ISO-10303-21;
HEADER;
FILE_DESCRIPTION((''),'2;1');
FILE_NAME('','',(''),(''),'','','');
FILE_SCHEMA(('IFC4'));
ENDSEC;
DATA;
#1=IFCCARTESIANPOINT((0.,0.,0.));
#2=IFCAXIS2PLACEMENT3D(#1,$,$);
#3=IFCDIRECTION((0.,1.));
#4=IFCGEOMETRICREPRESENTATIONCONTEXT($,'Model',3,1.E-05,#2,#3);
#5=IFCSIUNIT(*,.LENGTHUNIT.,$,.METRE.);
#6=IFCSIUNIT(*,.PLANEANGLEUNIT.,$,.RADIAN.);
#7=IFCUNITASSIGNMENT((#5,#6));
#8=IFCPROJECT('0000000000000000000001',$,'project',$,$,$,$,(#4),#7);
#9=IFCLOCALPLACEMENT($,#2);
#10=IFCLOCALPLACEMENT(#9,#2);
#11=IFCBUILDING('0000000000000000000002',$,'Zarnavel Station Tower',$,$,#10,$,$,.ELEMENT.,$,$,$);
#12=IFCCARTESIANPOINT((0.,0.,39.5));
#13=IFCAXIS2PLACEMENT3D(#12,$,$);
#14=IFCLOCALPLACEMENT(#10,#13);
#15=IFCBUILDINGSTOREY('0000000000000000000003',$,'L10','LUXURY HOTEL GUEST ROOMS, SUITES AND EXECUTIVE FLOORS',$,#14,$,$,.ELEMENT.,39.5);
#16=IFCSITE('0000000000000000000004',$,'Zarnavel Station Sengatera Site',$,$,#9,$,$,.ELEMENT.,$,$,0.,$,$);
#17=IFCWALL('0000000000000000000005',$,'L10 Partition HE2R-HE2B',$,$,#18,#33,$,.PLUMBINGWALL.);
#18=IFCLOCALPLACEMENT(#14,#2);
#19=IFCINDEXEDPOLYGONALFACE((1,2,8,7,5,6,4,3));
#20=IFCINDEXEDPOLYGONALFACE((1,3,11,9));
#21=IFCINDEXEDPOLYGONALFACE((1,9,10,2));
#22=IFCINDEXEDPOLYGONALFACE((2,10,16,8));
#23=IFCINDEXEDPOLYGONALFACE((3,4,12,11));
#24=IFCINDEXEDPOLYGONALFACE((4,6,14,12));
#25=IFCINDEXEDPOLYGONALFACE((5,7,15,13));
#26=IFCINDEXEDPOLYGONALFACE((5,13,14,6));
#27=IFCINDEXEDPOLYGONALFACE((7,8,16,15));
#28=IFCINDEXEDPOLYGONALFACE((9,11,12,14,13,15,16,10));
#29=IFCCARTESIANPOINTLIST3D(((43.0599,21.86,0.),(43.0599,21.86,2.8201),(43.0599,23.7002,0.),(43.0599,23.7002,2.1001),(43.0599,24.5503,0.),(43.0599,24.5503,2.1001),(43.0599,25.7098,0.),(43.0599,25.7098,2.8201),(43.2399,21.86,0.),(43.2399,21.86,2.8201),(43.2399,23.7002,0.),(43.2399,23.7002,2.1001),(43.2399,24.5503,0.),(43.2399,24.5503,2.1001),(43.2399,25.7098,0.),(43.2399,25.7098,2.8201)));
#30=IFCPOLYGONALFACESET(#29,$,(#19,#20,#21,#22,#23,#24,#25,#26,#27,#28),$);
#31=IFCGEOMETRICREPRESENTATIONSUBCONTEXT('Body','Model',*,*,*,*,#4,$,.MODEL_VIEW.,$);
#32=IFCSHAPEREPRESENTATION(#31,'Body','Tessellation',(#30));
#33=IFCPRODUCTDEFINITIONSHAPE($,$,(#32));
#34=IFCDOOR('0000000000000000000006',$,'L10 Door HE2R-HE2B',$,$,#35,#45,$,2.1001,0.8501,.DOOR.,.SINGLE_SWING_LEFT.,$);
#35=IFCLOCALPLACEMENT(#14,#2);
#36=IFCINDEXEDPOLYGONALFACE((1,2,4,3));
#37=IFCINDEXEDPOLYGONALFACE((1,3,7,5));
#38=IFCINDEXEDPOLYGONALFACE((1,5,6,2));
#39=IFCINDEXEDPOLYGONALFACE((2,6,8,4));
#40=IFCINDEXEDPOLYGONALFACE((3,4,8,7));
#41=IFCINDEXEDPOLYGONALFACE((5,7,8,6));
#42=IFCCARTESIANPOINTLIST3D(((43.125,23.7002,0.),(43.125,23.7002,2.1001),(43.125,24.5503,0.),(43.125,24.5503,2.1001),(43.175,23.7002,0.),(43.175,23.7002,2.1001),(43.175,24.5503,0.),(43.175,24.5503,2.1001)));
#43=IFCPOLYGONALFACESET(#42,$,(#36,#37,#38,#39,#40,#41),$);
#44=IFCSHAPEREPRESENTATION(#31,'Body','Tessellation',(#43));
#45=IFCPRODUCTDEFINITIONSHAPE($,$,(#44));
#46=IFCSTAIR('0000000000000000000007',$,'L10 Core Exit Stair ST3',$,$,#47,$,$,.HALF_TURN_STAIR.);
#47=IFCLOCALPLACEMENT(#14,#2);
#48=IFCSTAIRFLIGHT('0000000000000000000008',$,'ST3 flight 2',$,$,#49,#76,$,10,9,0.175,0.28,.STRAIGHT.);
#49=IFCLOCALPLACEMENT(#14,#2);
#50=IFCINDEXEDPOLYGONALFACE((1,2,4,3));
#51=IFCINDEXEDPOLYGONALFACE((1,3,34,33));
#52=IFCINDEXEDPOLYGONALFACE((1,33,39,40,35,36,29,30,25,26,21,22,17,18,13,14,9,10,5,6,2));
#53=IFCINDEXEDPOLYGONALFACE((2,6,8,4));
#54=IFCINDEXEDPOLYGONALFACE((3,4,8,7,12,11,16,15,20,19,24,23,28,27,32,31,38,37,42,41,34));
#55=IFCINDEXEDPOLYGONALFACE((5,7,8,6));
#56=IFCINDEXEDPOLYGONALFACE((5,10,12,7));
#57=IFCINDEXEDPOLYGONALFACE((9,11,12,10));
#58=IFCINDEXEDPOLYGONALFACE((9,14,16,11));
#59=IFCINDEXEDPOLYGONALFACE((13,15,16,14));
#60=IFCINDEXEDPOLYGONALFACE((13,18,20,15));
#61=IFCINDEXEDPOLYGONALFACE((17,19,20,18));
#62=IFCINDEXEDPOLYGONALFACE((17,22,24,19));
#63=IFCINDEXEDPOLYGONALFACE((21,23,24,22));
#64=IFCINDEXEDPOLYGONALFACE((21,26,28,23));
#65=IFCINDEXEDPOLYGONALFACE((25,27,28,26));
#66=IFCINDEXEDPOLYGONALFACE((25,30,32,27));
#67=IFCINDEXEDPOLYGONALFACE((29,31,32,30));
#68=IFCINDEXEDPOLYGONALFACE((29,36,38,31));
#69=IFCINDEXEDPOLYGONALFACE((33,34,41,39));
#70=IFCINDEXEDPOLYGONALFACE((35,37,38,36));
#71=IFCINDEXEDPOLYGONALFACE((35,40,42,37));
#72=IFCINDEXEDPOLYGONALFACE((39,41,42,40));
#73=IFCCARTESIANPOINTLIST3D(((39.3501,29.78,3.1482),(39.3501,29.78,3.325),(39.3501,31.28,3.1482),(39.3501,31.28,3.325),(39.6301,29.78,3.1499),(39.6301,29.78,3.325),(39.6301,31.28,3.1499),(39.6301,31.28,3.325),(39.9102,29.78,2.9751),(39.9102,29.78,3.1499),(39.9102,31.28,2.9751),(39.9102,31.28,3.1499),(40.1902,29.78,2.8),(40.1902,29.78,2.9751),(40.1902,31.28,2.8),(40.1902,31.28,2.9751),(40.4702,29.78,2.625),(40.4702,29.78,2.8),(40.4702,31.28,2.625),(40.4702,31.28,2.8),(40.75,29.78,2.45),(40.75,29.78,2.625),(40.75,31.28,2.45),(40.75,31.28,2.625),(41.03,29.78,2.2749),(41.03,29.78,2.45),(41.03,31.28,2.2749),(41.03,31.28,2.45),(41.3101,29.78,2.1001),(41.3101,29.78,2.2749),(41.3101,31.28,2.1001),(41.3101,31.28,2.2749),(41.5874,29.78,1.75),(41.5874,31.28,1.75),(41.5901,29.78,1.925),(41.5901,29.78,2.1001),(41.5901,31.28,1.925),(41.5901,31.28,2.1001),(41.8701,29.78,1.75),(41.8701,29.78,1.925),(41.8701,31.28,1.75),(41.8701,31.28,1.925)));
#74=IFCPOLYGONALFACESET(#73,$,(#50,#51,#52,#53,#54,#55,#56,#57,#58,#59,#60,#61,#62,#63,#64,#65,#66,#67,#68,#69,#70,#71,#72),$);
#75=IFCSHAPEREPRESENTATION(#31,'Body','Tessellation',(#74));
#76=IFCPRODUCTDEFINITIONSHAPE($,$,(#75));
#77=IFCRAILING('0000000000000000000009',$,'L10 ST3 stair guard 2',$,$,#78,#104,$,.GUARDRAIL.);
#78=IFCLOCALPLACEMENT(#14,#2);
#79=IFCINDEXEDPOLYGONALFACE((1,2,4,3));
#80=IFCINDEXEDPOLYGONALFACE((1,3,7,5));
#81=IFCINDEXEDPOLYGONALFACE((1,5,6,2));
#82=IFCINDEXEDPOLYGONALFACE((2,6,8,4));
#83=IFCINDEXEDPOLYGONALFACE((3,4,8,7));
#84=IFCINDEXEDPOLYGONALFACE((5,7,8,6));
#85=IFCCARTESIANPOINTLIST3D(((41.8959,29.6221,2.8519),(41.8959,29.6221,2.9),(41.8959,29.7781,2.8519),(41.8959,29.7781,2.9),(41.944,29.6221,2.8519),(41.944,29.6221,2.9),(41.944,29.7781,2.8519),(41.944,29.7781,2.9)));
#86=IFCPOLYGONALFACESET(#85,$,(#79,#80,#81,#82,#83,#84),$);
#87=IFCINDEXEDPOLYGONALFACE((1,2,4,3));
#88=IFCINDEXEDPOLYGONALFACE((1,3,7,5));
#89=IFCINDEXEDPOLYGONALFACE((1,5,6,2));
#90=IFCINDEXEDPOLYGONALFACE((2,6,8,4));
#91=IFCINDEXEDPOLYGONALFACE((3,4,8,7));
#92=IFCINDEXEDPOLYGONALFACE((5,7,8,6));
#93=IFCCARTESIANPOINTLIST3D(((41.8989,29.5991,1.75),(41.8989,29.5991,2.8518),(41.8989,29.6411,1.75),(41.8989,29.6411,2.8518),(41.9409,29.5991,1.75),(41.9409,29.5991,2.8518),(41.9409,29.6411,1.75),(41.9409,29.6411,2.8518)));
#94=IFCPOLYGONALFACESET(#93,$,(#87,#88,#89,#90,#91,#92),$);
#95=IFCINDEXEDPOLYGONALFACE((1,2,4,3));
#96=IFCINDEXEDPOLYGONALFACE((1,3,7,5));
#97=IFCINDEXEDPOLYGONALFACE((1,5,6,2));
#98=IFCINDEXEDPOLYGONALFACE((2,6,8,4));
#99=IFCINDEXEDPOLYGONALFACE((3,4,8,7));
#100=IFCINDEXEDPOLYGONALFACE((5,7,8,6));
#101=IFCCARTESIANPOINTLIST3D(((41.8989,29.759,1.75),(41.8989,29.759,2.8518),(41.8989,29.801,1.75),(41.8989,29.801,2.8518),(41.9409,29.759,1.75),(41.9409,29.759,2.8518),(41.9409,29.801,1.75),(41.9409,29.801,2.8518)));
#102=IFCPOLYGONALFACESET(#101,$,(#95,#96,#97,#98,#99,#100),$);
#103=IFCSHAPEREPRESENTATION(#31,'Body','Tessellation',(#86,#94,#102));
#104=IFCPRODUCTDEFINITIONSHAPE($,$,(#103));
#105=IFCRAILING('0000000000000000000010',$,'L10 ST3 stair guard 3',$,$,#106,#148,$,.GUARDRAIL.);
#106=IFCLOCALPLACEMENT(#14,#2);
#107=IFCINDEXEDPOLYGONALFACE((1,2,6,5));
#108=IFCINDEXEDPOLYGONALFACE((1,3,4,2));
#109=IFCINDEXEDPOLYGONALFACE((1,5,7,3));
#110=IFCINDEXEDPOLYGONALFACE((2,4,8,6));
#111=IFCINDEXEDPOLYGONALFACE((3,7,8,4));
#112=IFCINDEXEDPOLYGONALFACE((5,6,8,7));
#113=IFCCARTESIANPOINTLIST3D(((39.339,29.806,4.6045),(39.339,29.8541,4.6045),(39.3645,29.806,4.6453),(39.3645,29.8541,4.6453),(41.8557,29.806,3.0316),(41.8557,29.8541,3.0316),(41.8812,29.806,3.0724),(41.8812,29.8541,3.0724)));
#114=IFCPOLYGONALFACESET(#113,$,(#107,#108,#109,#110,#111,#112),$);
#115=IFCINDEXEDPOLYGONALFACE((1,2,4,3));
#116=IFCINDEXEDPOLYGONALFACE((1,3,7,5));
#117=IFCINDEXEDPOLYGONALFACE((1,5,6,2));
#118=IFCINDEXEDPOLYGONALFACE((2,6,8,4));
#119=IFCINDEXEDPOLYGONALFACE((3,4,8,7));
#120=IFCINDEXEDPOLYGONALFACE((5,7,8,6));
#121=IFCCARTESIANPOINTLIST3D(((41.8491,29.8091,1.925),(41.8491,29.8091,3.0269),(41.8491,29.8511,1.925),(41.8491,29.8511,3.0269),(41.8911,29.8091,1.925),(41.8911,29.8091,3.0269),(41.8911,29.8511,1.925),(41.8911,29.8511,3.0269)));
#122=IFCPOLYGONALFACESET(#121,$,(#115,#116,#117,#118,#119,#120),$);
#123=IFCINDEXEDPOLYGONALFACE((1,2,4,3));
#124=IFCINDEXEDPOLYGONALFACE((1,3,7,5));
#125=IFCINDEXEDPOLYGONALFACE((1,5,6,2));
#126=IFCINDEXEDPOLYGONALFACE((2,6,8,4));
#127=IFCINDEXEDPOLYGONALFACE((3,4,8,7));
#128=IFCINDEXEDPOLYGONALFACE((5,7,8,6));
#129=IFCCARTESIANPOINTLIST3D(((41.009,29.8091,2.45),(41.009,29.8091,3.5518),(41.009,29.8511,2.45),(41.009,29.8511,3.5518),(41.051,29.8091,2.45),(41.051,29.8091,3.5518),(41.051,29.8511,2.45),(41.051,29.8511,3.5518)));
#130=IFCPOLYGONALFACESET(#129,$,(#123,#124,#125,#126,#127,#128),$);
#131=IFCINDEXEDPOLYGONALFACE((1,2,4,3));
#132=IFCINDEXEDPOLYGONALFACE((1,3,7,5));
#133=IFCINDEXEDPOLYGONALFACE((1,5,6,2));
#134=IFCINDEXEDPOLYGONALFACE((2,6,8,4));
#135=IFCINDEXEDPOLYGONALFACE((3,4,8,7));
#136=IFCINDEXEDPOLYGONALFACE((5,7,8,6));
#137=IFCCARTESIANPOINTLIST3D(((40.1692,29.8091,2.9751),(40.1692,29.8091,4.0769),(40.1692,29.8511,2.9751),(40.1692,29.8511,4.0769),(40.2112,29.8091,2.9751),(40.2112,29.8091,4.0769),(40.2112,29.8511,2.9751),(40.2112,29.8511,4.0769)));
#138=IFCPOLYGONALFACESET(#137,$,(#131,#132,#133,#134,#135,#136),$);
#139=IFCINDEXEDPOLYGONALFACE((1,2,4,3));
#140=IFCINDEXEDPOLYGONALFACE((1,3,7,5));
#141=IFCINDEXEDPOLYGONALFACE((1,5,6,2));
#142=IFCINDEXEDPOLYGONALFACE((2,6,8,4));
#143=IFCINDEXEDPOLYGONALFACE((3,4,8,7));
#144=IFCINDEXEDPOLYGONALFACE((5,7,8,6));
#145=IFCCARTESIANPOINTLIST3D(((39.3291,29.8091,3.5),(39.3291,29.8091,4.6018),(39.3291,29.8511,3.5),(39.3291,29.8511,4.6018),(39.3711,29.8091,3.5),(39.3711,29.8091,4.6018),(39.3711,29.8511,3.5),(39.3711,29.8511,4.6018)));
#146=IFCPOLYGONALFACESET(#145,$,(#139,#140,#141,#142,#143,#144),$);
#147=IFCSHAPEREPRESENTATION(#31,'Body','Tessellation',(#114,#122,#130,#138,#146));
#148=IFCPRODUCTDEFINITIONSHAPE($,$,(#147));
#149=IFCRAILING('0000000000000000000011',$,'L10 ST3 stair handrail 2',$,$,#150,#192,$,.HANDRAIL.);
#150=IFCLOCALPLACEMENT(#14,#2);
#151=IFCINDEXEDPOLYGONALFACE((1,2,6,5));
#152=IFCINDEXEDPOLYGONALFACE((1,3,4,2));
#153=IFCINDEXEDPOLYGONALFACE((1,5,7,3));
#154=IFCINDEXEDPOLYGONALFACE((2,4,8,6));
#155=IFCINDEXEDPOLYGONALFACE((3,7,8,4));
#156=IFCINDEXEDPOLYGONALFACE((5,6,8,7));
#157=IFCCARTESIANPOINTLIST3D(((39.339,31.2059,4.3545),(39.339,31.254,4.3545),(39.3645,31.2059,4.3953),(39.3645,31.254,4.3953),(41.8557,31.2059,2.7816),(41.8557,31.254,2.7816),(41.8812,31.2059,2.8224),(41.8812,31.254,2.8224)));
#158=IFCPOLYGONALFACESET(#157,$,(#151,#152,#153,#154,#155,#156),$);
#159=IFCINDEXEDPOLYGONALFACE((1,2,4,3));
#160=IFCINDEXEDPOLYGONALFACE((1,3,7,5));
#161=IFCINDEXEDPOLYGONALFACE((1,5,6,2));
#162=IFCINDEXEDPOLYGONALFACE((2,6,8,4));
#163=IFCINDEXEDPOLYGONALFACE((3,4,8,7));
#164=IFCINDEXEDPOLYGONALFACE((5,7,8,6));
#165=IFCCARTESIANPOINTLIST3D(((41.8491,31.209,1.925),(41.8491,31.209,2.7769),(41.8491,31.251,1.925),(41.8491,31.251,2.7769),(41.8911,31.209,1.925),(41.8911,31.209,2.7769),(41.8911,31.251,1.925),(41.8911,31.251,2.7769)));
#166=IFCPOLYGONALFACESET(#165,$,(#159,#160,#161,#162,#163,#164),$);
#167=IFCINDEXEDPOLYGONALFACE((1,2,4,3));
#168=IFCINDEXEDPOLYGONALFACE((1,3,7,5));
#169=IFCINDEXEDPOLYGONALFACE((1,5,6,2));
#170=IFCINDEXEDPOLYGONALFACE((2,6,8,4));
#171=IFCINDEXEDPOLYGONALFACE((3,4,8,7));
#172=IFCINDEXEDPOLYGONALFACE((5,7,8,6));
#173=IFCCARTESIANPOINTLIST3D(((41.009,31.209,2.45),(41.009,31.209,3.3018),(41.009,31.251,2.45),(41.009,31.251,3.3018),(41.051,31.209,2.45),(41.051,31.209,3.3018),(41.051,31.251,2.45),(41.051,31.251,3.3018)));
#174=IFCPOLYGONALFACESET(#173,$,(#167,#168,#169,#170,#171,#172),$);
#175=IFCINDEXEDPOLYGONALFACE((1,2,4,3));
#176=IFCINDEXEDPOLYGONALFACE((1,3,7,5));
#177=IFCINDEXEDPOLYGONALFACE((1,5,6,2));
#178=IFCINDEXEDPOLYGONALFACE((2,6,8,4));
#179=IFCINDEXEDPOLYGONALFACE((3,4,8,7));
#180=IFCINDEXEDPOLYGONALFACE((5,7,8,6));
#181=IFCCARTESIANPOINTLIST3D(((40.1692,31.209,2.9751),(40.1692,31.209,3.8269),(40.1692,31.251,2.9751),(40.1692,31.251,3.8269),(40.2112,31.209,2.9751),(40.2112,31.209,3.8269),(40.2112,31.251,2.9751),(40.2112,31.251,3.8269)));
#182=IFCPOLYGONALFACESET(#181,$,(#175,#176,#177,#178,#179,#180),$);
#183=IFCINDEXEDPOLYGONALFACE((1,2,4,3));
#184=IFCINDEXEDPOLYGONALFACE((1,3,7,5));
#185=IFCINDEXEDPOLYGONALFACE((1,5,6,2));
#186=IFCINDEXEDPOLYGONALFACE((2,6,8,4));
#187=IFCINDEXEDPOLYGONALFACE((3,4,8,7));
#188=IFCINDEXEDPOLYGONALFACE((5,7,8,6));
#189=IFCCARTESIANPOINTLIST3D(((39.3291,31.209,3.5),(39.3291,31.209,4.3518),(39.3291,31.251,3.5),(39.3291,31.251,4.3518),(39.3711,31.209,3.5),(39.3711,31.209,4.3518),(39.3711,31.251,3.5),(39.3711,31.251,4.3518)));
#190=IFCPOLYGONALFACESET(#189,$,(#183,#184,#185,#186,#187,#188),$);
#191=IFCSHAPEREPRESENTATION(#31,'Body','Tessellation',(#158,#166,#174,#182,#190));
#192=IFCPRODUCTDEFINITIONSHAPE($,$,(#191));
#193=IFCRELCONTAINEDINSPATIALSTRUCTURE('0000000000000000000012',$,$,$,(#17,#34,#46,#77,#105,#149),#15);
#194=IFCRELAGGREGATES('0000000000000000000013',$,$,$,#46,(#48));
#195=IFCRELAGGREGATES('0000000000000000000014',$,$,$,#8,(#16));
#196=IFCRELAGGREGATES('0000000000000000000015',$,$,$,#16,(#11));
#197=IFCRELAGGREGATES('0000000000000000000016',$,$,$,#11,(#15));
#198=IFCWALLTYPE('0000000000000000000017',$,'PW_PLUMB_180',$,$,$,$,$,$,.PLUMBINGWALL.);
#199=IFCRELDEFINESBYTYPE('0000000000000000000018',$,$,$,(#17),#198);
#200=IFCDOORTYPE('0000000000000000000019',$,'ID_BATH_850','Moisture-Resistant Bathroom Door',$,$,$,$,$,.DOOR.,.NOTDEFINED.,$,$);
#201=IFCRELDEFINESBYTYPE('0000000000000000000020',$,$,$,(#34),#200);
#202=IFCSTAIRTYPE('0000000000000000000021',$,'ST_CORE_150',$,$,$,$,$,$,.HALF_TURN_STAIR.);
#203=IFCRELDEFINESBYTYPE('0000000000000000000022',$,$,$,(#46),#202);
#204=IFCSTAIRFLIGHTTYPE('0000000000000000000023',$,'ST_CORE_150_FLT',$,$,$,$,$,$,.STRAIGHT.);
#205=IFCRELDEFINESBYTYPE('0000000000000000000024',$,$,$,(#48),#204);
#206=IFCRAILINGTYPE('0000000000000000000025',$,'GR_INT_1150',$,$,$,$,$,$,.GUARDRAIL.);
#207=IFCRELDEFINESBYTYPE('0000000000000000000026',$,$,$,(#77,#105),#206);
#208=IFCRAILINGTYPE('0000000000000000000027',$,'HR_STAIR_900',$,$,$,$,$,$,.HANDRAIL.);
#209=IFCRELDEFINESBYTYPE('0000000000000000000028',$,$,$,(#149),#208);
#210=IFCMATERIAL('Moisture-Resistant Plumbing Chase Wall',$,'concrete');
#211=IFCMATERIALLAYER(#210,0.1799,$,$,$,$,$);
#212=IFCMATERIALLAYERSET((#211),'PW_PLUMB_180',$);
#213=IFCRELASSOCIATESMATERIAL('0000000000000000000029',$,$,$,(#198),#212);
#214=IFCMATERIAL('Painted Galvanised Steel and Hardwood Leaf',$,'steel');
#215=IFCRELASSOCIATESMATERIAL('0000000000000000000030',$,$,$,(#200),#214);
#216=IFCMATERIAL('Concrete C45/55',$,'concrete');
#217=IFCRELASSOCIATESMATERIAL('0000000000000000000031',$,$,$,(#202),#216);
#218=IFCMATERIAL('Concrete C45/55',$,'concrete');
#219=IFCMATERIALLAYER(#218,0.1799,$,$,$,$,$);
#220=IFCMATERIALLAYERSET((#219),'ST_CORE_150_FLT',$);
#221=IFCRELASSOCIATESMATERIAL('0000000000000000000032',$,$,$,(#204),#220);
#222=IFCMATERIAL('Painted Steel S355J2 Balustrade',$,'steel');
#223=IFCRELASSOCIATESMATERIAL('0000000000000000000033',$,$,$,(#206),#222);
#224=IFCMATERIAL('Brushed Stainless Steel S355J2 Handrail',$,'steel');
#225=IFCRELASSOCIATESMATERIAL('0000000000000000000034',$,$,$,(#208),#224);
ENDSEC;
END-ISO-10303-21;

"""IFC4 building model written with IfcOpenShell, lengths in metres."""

from ifc_helpers import new_model, si_unit, direction, frame, frame_2d, origin, origin_2d, place, context, subcontext, project, spatial, polyline, rectangle, outline, extrude, material, layer, layer_set, type_object, element, fill, aggregate, save


model = new_model("IFC4")

# Units and contexts
model_context = context("Model", 3, precision=1e-05, world=origin(), true_north=direction((0.0, 1.0)))
body_context = subcontext(model_context, "Body", "Model", "MODEL_VIEW")
ifc_project = project(units=[si_unit("LENGTHUNIT", "METRE"), si_unit("PLANEANGLEUNIT", "RADIAN")], contexts=[model_context])

# Site, building, storey
site_placement = place(None, origin())
site = spatial("IfcSite", under=ifc_project, at=site_placement, Name="Zarnavel Station Sengatera Site", CompositionType="ELEMENT", RefElevation=0.0)
building_placement = place(site_placement, origin())
building = spatial("IfcBuilding", under=site, at=building_placement, Name="Zarnavel Station Tower", CompositionType="ELEMENT")
storey_placement = place(building_placement, frame((0.0, 0.0, 39.5)))
storey = spatial("IfcBuildingStorey", under=building, at=storey_placement, Name="L10", Description="LUXURY HOTEL GUEST ROOMS, SUITES AND EXECUTIVE FLOORS", CompositionType="ELEMENT", Elevation=39.5)

# Shared definitions
ifc_material_1 = material(Name="Moisture-Resistant Plumbing Chase Wall", Category="concrete")
ifc_layer_1 = layer(ifc_material_1, 0.1799)
ifc_layer_set_1 = layer_set([ifc_layer_1], Name="PW_PLUMB_180")
wall_type_1 = type_object("IfcWallType", Name="PW_PLUMB_180", PredefinedType="PLUMBINGWALL", material=ifc_layer_set_1)

# Wall, opening, door
wall_1_placement = place(storey_placement, frame((43.1499, 21.8601, 0.0), z_axis=(0.0, 0.0, 1.0), x_axis=(0.0, 1.0, 0.0)))
wall_1 = element("IfcWall", 1, at=wall_1_placement, inside=storey, type_object=wall_type_1, Name="L10 Partition HE2R-HE2B", PredefinedType="PLUMBINGWALL", context=body_context, shape_type="SweptSolid", body=[
    extrude(rectangle(XDim=3.8499, YDim=0.1799, at=frame_2d((1.9248, 0.0))), origin(), (0.0, 0.0, 1.0), 2.8201),
])
opening_1_placement = place(wall_1_placement, frame((1.8401, 0.0, 0.0)))
opening_1 = element("IfcOpeningElement", 2, at=opening_1_placement, cuts=wall_1, PredefinedType="OPENING", context=body_context, shape_type="SweptSolid", body=[
    extrude(rectangle(XDim=0.8501, YDim=2.1001, at=frame_2d((0.425, 1.05))), frame((0.0, 0.0999, 0.0), z_axis=(0.0, -1.0, 0.0), x_axis=(1.0, 0.0, 0.0)), (0.0, 0.0, 1.0), 0.2),
])
ifc_material_2 = material(Name="Painted Galvanised Steel and Hardwood Leaf", Category="steel")
door_type_1 = type_object("IfcDoorType", Name="ID_BATH_850", Description="Moisture-Resistant Bathroom Door", OperationType="NOTDEFINED", PredefinedType="DOOR", material=ifc_material_2)
door_1_placement = place(opening_1_placement, origin())
door_1 = element("IfcDoor", 3, at=door_1_placement, inside=storey, type_object=door_type_1, Name="L10 Door HE2R-HE2B", OperationType="SINGLE_SWING_LEFT", OverallHeight=2.1001, OverallWidth=0.8501, PredefinedType="DOOR", context=body_context, shape_type="SweptSolid", body=[
    extrude(rectangle(XDim=0.8501, YDim=2.1001, at=frame_2d((0.425, 1.05))), frame((0.0, 0.0249, 0.0), z_axis=(0.0, -1.0, 0.0), x_axis=(1.0, 0.0, 0.0)), (0.0, 0.0, 1.0), 0.05),
])
fill(opening_1, door_1)

# Stair, stair flight
ifc_material_3 = material(Name="Concrete C45/55", Category="concrete")
stair_type = type_object("IfcStairType", Name="ST_CORE_150", PredefinedType="HALF_TURN_STAIR", material=ifc_material_3)
stair_placement = place(storey_placement, origin())
stair = element("IfcStair", 4, at=stair_placement, inside=storey, type_object=stair_type, Name="L10 Core Exit Stair ST3", PredefinedType="HALF_TURN_STAIR")
ifc_material_4 = material(Name="Concrete C45/55", Category="concrete")
ifc_layer_2 = layer(ifc_material_4, 0.1799)
ifc_layer_set_2 = layer_set([ifc_layer_2], Name="ST_CORE_150_FLT")
stair_flight_type = type_object("IfcStairFlightType", Name="ST_CORE_150_FLT", PredefinedType="STRAIGHT", material=ifc_layer_set_2)
stair_flight_placement = place(storey_placement, frame((41.8701, 30.53, 1.75), z_axis=(0.0, 0.0, 1.0), x_axis=(-1.0, 0.0, 0.0)))
stair_flight = element("IfcStairFlight", 5, at=stair_flight_placement, type_object=stair_flight_type, Name="ST3 flight 2", NumberOfRisers=10, NumberOfTreads=9, PredefinedType="STRAIGHT", RiserHeight=0.175, TreadLength=0.28, context=body_context, shape_type="SweptSolid", body=[
    extrude(outline(polyline([(0.0, 0.0), (0.0, 0.175), (0.28, 0.175), (0.28, 0.3501), (0.5601, 0.3501), (0.5601, 0.5249), (0.8401, 0.5249), (0.8401, 0.7), (1.1201, 0.7), (1.1201, 0.875), (1.3999, 0.875), (1.3999, 1.05), (1.6799, 1.05), (1.6799, 1.2251), (1.96, 1.2251), (1.96, 1.3999), (2.24, 1.3999), (2.24, 1.575), (2.52, 1.575), (2.52, 1.75), (2.52, 1.3982), (0.2827, 0.0), (0.0, 0.0)])), frame((0.0, 0.75, 0.0), z_axis=(0.0, -1.0, 0.0), x_axis=(1.0, 0.0, 0.0)), (0.0, 0.0, 1.0), 1.5),
])
aggregate(stair, [stair_flight])

# Railings
ifc_material_5 = material(Name="Painted Steel S355J2 Balustrade", Category="steel")
railing_type_1 = type_object("IfcRailingType", Name="GR_INT_1150", PredefinedType="GUARDRAIL", material=ifc_material_5)
railing_1_placement = place(storey_placement, frame((41.9199, 29.6201, 1.75)))
element("IfcRailing", 6, at=railing_1_placement, inside=storey, type_object=railing_type_1, Name="L10 ST3 stair guard 2", PredefinedType="GUARDRAIL", context=body_context, shape_type="SweptSolid", body=[
    extrude(rectangle(XDim=0.0481, YDim=0.0481, at=origin_2d()), frame((0.0, 0.002, 1.126), z_axis=(0.0, 1.0, 0.0), x_axis=(-1.0, 0.0, 0.0)), (0.0, 0.0, 1.0), 0.156),
    extrude(rectangle(XDim=0.042, YDim=0.042, at=origin_2d()), origin(), (0.0, 0.0, 1.0), 1.1018),
    extrude(rectangle(XDim=0.042, YDim=0.042, at=origin_2d()), frame((0.0, 0.1599, 0.0)), (0.0, 0.0, 1.0), 1.1018),
])
railing_2_placement = place(storey_placement, frame((41.8701, 29.8301, 1.925)))
element("IfcRailing", 7, at=railing_2_placement, inside=storey, type_object=railing_type_1, Name="L10 ST3 stair guard 3", PredefinedType="GUARDRAIL", context=body_context, shape_type="SweptSolid", body=[
    extrude(rectangle(XDim=0.0481, YDim=0.0481, at=origin_2d()), frame((-0.0017, 0.0, 1.127), z_axis=(-0.848008, 0.0, 0.529984), x_axis=(0.0, -1.0, 0.0)), (0.0, 0.0, 1.0), 2.9678),
    extrude(rectangle(XDim=0.042, YDim=0.042, at=origin_2d()), origin(), (0.0, 0.0, 1.0), 1.1018),
    extrude(rectangle(XDim=0.042, YDim=0.042, at=origin_2d()), frame((-0.8401, 0.0, 0.5249)), (0.0, 0.0, 1.0), 1.1018),
    extrude(rectangle(XDim=0.042, YDim=0.042, at=origin_2d()), frame((-1.6799, 0.0, 1.05)), (0.0, 0.0, 1.0), 1.1018),
    extrude(rectangle(XDim=0.042, YDim=0.042, at=origin_2d()), frame((-2.52, 0.0, 1.575)), (0.0, 0.0, 1.0), 1.1018),
])
ifc_material_6 = material(Name="Brushed Stainless Steel S355J2 Handrail", Category="steel")
railing_type_2 = type_object("IfcRailingType", Name="HR_STAIR_900", PredefinedType="HANDRAIL", material=ifc_material_6)
railing_3_placement = place(storey_placement, frame((41.8701, 31.23, 1.925)))
element("IfcRailing", 8, at=railing_3_placement, inside=storey, type_object=railing_type_2, Name="L10 ST3 stair handrail 2", PredefinedType="HANDRAIL", context=body_context, shape_type="SweptSolid", body=[
    extrude(rectangle(XDim=0.0481, YDim=0.0481, at=origin_2d()), frame((-0.0017, 0.0, 0.877), z_axis=(-0.848008, 0.0, 0.529984), x_axis=(0.0, -1.0, 0.0)), (0.0, 0.0, 1.0), 2.9678),
    extrude(rectangle(XDim=0.042, YDim=0.042, at=origin_2d()), origin(), (0.0, 0.0, 1.0), 0.8518),
    extrude(rectangle(XDim=0.042, YDim=0.042, at=origin_2d()), frame((-0.8401, 0.0, 0.5249)), (0.0, 0.0, 1.0), 0.8518),
    extrude(rectangle(XDim=0.042, YDim=0.042, at=origin_2d()), frame((-1.6799, 0.0, 1.05)), (0.0, 0.0, 1.0), 0.8518),
    extrude(rectangle(XDim=0.042, YDim=0.042, at=origin_2d()), frame((-2.52, 0.0, 1.575)), (0.0, 0.0, 1.0), 0.8518),
])

save(model, "model.ifc")
